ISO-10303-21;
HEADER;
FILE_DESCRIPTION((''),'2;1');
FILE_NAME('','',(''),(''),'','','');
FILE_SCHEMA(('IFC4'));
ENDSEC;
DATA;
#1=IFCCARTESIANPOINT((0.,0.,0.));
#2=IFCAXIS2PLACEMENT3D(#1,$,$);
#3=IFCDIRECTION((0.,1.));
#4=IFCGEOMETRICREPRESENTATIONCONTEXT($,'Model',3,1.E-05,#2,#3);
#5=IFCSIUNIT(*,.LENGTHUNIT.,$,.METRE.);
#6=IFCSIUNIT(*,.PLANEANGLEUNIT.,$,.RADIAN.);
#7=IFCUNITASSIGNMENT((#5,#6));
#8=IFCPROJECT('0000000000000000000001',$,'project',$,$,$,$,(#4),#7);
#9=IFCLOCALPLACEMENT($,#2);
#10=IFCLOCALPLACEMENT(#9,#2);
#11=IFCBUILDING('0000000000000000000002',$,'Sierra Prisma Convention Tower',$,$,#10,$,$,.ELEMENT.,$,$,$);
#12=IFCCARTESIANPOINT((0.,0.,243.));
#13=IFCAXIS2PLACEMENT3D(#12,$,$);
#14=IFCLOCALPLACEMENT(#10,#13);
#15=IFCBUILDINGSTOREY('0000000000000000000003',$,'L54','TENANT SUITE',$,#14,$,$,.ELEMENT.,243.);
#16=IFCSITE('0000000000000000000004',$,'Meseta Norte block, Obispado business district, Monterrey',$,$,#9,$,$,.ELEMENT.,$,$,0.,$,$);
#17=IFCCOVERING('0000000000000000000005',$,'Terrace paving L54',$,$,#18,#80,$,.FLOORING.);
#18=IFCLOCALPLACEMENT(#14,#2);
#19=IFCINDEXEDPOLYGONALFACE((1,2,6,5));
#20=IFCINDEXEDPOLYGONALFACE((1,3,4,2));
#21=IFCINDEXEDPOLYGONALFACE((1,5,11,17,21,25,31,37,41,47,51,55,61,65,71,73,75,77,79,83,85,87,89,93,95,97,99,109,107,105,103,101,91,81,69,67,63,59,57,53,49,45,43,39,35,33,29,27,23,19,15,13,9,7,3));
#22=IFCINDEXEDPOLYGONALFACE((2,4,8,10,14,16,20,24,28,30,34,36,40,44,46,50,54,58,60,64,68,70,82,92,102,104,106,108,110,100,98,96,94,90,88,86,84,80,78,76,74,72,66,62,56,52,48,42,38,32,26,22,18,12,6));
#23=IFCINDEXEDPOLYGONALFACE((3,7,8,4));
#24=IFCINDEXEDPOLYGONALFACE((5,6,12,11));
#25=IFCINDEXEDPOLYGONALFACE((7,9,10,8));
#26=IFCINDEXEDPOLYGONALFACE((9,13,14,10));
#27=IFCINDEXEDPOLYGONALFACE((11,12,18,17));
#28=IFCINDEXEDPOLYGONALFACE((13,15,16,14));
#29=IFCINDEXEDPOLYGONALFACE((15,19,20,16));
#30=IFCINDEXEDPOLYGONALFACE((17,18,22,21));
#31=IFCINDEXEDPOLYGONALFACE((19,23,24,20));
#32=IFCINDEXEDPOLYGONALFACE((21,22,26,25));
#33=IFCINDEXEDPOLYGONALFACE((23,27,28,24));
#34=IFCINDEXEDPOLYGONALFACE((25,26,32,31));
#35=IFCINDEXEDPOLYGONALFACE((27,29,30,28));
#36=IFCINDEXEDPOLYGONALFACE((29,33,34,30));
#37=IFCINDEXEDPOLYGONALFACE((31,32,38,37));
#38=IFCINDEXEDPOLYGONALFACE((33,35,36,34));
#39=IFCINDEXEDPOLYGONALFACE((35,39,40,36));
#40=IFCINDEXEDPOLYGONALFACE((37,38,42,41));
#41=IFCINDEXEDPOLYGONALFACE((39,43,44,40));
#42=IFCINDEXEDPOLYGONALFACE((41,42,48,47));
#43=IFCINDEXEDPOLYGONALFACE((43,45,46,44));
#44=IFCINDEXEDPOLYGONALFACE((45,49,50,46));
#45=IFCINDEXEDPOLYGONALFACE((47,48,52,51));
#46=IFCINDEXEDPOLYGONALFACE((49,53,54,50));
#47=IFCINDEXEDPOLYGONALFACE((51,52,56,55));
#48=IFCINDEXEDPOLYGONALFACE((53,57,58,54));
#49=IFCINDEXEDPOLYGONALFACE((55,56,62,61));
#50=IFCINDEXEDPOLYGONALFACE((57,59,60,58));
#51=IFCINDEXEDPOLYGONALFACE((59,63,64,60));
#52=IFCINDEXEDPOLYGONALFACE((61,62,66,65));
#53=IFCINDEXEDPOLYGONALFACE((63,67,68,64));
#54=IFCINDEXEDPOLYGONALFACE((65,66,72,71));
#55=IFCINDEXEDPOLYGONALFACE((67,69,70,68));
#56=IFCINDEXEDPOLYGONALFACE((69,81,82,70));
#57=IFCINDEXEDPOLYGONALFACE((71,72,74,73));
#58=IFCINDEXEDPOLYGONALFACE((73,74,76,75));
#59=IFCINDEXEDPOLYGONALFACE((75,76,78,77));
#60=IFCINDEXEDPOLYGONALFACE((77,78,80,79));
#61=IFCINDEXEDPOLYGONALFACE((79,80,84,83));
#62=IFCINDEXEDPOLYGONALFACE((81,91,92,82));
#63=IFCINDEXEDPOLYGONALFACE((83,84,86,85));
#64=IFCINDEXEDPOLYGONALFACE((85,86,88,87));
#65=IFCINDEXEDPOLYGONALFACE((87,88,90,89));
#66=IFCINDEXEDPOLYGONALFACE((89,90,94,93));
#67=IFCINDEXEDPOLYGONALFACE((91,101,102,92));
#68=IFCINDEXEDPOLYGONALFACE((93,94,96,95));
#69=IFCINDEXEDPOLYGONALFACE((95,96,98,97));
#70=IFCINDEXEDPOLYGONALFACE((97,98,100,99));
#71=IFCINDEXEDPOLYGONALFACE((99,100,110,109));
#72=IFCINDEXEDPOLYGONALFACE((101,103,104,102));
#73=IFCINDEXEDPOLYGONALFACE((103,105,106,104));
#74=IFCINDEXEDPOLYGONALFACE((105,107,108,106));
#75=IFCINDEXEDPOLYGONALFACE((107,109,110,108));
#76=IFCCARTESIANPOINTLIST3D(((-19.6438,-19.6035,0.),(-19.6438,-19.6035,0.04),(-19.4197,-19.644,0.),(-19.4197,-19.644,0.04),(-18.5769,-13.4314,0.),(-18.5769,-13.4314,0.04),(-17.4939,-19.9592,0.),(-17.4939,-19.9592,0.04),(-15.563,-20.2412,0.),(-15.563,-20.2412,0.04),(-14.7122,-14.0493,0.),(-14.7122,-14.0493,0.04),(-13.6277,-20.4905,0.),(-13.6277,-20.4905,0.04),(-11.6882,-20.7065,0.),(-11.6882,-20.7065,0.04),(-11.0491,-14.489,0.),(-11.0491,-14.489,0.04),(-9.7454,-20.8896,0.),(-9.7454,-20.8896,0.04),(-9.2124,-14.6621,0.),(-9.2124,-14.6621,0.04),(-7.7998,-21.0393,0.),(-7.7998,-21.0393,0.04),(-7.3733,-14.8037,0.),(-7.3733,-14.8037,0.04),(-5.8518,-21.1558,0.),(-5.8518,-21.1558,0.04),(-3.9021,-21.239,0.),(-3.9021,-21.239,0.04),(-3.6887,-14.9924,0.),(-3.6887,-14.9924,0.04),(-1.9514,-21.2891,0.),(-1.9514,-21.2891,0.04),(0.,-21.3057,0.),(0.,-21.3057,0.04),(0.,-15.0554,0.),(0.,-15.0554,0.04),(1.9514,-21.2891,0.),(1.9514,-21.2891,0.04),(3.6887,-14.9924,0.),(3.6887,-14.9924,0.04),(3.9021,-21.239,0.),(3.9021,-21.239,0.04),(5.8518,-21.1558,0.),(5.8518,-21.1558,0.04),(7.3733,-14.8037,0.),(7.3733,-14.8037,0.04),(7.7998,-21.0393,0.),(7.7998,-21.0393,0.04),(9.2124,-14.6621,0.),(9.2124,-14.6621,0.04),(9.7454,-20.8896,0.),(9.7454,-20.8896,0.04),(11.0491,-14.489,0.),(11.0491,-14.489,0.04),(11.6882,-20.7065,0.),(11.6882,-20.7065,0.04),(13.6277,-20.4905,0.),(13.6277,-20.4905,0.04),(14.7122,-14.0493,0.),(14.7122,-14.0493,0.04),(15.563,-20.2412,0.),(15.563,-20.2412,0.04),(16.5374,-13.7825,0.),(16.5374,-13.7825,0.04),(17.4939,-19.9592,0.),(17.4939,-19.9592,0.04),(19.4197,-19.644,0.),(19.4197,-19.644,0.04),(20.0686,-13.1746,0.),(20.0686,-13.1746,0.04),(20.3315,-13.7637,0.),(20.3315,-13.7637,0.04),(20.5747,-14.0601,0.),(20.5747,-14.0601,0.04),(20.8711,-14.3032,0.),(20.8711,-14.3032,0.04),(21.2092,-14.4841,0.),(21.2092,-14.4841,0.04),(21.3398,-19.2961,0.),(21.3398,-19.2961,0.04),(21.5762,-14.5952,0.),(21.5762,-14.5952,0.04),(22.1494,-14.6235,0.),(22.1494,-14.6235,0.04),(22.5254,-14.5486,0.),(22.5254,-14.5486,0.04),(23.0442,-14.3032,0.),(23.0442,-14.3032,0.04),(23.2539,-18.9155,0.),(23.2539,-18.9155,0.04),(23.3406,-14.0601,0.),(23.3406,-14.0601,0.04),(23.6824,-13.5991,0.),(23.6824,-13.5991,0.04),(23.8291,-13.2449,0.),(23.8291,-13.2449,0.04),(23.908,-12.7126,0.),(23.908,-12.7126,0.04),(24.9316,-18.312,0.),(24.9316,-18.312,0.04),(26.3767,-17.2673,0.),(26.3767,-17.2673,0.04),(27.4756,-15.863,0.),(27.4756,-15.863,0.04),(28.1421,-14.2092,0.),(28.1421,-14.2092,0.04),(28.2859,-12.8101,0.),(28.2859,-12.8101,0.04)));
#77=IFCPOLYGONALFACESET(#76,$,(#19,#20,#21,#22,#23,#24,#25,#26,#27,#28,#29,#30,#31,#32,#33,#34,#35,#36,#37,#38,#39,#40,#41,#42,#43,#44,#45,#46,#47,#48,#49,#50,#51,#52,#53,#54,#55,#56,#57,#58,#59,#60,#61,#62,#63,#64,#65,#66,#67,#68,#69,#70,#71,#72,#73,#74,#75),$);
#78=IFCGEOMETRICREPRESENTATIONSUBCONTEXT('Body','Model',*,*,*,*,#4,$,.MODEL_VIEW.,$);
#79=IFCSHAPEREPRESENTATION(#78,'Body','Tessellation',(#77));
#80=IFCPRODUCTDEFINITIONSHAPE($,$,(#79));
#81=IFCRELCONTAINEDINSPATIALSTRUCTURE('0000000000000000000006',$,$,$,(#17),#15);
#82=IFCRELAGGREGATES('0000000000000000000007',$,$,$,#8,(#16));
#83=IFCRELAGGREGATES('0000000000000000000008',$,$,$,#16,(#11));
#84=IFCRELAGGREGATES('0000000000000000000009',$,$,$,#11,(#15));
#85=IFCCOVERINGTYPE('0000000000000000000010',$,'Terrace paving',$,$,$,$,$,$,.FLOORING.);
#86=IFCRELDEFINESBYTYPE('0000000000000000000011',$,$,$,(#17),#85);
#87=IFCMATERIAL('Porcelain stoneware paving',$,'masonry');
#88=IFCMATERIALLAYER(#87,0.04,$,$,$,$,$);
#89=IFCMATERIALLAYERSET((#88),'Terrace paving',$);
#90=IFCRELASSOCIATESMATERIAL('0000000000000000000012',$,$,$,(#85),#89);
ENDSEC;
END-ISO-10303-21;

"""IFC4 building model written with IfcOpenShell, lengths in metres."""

from ifc_helpers import new_model, si_unit, direction, frame, origin, place, context, subcontext, project, spatial, polyline, outline, extrude, material, layer, layer_set, type_object, element, save


model = new_model("IFC4")

# Units and contexts
model_context = context("Model", 3, precision=1e-05, world=origin(), true_north=direction((0.0, 1.0)))
body_context = subcontext(model_context, "Body", "Model", "MODEL_VIEW")
ifc_project = project(units=[si_unit("LENGTHUNIT", "METRE"), si_unit("PLANEANGLEUNIT", "RADIAN")], contexts=[model_context])

# Site, building, storey
site_placement = place(None, origin())
site = spatial("IfcSite", under=ifc_project, at=site_placement, Name="Meseta Norte block, Obispado business district, Monterrey", CompositionType="ELEMENT", RefElevation=0.0)
building_placement = place(site_placement, origin())
building = spatial("IfcBuilding", under=site, at=building_placement, Name="Sierra Prisma Convention Tower", CompositionType="ELEMENT")
storey_placement = place(building_placement, frame((0.0, 0.0, 243.0)))
storey = spatial("IfcBuildingStorey", under=building, at=storey_placement, Name="L54", Description="TENANT SUITE", CompositionType="ELEMENT", Elevation=243.0)

# Covering
ifc_material_1 = material(Name="Porcelain stoneware paving", Category="masonry")
ifc_layer_1 = layer(ifc_material_1, 0.04)
ifc_layer_set_1 = layer_set([ifc_layer_1], Name="Terrace paving")
covering_type_1 = type_object("IfcCoveringType", Name="Terrace paving", PredefinedType="FLOORING", material=ifc_layer_set_1)
covering_1_placement = place(storey_placement, origin())
element("IfcCovering", 1, at=covering_1_placement, inside=storey, type_object=covering_type_1, Name="Terrace paving L54", PredefinedType="FLOORING", context=body_context, shape_type="SweptSolid", body=[
    extrude(outline(polyline([(-19.6438, -19.6035), (-19.4197, -19.644), (-17.4939, -19.9592), (-15.563, -20.2412), (-13.6277, -20.4905), (-11.6882, -20.7065), (-9.7454, -20.8896), (-7.7998, -21.0393), (-5.8518, -21.1558), (-3.9021, -21.239), (-1.9514, -21.2891), (0.0, -21.3057), (1.9514, -21.2891), (3.9021, -21.239), (5.8518, -21.1558), (7.7998, -21.0393), (9.7454, -20.8896), (11.6882, -20.7065), (13.6277, -20.4905), (15.563, -20.2412), (17.4939, -19.9592), (19.4197, -19.644), (21.3398, -19.2961), (23.2539, -18.9155), (24.9316, -18.312), (26.3767, -17.2673), (27.4756, -15.863), (28.1421, -14.2092), (28.2859, -12.8101), (23.908, -12.7126), (23.8291, -13.2449), (23.6824, -13.5991), (23.3406, -14.0601), (23.0442, -14.3032), (22.5254, -14.5486), (22.1494, -14.6235), (21.5762, -14.5952), (21.2092, -14.4841), (20.8711, -14.3032), (20.5747, -14.0601), (20.3315, -13.7637), (20.0686, -13.1746), (16.5374, -13.7825), (14.7122, -14.0493), (11.0491, -14.489), (9.2124, -14.6621), (7.3733, -14.8037), (3.6887, -14.9924), (0.0, -15.0554), (-3.6887, -14.9924), (-7.3733, -14.8037), (-9.2124, -14.6621), (-11.0491, -14.489), (-14.7122, -14.0493), (-18.5769, -13.4314), (-19.6438, -19.6035)])), origin(), (0.0, 0.0, 1.0), 0.04),
])

save(model, "model.ifc")
